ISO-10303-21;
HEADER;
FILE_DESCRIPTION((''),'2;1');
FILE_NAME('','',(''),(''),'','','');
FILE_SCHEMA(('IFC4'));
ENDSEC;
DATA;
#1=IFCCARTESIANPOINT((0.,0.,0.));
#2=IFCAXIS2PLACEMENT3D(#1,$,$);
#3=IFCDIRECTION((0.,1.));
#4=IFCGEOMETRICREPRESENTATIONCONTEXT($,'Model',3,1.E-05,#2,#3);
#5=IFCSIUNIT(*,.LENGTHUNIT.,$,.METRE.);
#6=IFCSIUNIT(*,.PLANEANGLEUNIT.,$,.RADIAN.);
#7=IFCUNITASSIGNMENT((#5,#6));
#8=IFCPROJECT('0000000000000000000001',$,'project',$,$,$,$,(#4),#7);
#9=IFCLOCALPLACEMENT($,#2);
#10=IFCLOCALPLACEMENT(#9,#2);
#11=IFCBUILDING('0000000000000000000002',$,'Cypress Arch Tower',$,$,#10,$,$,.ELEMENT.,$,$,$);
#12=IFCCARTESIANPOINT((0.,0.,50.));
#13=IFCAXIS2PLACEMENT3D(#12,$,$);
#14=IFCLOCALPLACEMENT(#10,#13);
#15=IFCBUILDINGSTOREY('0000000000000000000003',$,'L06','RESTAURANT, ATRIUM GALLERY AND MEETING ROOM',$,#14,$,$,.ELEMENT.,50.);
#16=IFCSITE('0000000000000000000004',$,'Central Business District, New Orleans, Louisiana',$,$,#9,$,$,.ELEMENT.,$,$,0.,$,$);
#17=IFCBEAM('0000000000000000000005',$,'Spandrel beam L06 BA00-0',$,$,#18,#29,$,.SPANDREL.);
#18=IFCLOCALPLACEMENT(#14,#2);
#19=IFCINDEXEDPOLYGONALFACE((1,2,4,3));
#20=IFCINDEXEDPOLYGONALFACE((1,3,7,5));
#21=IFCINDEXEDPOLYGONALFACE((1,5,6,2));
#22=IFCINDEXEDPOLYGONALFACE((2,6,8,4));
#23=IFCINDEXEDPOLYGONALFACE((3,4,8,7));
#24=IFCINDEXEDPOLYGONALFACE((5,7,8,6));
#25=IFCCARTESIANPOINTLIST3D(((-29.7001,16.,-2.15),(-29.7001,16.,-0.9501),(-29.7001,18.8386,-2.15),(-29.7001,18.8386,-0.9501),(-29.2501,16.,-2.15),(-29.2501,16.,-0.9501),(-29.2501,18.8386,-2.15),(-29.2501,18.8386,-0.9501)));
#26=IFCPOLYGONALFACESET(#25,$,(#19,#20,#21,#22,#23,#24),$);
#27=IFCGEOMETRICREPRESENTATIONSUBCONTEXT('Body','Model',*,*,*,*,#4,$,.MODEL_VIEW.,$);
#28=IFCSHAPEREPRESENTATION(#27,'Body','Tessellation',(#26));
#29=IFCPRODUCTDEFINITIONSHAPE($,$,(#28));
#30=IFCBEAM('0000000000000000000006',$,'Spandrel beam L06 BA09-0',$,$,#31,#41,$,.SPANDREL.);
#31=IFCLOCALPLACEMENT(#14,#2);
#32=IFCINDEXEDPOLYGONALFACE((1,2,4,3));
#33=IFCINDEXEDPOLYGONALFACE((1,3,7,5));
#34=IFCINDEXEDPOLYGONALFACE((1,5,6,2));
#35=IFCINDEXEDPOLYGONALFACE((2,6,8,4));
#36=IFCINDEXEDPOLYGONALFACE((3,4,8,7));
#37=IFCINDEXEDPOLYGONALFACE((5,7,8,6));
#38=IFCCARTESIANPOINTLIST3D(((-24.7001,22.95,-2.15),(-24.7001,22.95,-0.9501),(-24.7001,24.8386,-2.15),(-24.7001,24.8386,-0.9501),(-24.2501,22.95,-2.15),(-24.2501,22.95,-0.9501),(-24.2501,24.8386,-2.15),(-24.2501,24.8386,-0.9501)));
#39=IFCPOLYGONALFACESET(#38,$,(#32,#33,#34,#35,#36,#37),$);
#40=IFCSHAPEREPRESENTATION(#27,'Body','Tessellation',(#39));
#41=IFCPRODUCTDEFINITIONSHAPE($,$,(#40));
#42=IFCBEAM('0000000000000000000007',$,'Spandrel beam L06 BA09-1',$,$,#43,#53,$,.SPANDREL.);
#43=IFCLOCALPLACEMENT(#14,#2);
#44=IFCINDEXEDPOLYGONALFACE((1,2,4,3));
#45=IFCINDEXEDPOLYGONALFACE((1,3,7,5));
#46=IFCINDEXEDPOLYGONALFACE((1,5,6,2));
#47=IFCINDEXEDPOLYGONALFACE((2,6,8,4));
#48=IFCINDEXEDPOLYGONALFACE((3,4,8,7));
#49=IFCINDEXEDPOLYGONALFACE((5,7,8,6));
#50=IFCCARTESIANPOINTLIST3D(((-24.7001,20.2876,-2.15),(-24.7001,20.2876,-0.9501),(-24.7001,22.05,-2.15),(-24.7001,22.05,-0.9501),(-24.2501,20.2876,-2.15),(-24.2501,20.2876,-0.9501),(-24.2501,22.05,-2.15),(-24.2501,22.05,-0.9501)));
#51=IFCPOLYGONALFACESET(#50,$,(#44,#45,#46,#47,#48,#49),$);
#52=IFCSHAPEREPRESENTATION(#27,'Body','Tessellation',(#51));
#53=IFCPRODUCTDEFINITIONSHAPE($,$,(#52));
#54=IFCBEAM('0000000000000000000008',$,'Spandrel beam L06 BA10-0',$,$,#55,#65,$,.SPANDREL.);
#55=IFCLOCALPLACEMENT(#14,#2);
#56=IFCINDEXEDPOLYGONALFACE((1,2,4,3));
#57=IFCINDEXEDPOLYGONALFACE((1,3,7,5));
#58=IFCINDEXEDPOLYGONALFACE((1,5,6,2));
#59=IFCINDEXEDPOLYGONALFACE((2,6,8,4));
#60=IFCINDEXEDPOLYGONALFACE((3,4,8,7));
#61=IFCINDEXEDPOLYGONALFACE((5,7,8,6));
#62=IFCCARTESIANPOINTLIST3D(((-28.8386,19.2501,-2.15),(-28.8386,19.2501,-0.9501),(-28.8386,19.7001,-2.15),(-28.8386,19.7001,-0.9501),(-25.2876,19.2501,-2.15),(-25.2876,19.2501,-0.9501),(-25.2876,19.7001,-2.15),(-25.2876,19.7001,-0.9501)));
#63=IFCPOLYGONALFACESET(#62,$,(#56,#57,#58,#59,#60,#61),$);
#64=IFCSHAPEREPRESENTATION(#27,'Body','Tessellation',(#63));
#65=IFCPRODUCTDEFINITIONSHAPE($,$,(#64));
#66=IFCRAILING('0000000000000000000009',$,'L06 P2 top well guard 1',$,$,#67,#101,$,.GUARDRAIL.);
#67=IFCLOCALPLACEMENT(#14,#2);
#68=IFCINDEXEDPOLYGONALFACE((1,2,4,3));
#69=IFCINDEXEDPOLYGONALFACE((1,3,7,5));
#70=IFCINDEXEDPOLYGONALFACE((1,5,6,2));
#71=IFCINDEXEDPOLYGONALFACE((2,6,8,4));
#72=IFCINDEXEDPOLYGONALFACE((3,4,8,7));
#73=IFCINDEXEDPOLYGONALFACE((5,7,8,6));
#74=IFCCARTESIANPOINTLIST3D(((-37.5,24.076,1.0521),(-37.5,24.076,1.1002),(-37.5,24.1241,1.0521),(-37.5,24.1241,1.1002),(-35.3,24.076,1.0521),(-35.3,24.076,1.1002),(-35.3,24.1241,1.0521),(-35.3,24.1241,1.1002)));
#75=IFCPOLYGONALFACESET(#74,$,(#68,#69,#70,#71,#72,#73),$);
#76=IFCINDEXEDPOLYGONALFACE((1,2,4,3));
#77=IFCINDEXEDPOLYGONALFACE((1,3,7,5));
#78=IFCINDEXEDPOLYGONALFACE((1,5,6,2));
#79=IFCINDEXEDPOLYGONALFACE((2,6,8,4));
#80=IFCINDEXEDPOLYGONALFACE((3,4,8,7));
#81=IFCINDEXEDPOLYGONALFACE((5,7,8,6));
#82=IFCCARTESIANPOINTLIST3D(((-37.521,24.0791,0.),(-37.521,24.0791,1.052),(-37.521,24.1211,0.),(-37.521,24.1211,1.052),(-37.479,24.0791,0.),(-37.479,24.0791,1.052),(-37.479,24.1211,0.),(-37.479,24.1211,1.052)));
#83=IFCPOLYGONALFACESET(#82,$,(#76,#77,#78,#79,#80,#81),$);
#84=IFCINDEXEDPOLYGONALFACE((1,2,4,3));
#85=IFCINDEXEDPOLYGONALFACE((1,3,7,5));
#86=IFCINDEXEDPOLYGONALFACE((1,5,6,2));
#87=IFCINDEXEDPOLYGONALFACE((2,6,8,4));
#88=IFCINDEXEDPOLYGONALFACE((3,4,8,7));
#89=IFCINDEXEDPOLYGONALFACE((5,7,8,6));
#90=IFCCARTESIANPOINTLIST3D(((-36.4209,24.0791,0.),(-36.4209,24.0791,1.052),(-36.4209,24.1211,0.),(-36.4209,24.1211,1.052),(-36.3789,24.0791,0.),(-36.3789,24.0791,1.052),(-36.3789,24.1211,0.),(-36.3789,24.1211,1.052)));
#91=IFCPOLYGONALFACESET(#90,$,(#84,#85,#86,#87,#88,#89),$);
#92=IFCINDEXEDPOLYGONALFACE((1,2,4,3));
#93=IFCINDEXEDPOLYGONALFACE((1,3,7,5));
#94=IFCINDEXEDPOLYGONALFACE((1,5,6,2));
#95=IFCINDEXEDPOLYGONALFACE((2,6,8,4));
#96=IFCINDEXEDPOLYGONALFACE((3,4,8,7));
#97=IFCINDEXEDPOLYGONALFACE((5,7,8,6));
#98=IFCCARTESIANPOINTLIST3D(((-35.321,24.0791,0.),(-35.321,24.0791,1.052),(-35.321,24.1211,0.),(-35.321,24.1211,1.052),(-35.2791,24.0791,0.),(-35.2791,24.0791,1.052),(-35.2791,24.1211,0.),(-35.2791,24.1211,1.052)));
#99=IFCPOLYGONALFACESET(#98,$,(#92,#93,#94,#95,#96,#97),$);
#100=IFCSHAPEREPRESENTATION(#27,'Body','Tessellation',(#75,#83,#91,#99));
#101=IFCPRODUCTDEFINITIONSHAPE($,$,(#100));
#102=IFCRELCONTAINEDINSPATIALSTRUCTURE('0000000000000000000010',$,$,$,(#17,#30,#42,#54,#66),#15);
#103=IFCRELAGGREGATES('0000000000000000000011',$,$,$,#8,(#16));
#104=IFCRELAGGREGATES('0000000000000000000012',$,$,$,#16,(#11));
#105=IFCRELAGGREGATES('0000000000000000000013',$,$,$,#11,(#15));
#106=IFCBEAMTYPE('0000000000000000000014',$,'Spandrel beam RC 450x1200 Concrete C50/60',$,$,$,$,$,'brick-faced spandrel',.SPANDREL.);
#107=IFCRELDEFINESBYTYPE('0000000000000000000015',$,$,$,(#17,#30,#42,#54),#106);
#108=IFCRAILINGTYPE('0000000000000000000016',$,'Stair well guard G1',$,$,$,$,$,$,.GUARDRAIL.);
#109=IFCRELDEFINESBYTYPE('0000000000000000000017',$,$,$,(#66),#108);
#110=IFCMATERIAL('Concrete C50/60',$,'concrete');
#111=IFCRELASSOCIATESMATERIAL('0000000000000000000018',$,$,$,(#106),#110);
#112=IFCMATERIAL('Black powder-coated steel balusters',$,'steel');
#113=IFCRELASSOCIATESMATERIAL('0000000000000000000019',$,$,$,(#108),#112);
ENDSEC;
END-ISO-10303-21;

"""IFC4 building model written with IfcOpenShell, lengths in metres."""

from ifc_helpers import new_model, si_unit, direction, frame, origin, origin_2d, place, context, subcontext, project, spatial, rectangle, extrude, material, material_profile, profile_set, type_object, element, save


model = new_model("IFC4")

# Units and contexts
model_context = context("Model", 3, precision=1e-05, world=origin(), true_north=direction((0.0, 1.0)))
body_context = subcontext(model_context, "Body", "Model", "MODEL_VIEW")
ifc_project = project(units=[si_unit("LENGTHUNIT", "METRE"), si_unit("PLANEANGLEUNIT", "RADIAN")], contexts=[model_context])

# Site, building, storey
site_placement = place(None, origin())
site = spatial("IfcSite", under=ifc_project, at=site_placement, Name="Central Business District, New Orleans, Louisiana", CompositionType="ELEMENT", RefElevation=0.0)
building_placement = place(site_placement, origin())
building = spatial("IfcBuilding", under=site, at=building_placement, Name="Cypress Arch Tower", CompositionType="ELEMENT")
storey_placement = place(building_placement, frame((0.0, 0.0, 50.0)))
storey = spatial("IfcBuildingStorey", under=building, at=storey_placement, Name="L06", Description="RESTAURANT, ATRIUM GALLERY AND MEETING ROOM", CompositionType="ELEMENT", Elevation=50.0)

# Beams
ifc_material_1 = material(Name="Concrete C50/60", Category="concrete")
ifc_material_profile_1 = material_profile(ifc_material_1, rectangle(XDim=0.45, YDim=1.2, at=origin_2d()), Name="RC 450x1200")
ifc_profile_set_1 = profile_set([ifc_material_profile_1], Name="Concrete C50/60")
beam_type = type_object("IfcBeamType", Name="Spandrel beam RC 450x1200 Concrete C50/60", ElementType="brick-faced spandrel", PredefinedType="SPANDREL", material=ifc_profile_set_1)
beam_1_placement = place(storey_placement, frame((-29.4751, 18.8386, -1.55), z_axis=(0.0, -1.0, 0.0), x_axis=(1.0, 0.0, 0.0)))
element("IfcBeam", 1, at=beam_1_placement, inside=storey, type_object=beam_type, Name="Spandrel beam L06 BA00-0", PredefinedType="SPANDREL", context=body_context, shape_type="SweptSolid", body=[
    extrude(rectangle(XDim=0.45, YDim=1.2, at=origin_2d()), origin(), (0.0, 0.0, 1.0), 2.8386),
])
beam_2_placement = place(storey_placement, frame((-24.4751, 24.8386, -1.55), z_axis=(0.0, -1.0, 0.0), x_axis=(1.0, 0.0, 0.0)))
element("IfcBeam", 2, at=beam_2_placement, inside=storey, type_object=beam_type, Name="Spandrel beam L06 BA09-0", PredefinedType="SPANDREL", context=body_context, shape_type="SweptSolid", body=[
    extrude(rectangle(XDim=0.45, YDim=1.2, at=origin_2d()), origin(), (0.0, 0.0, 1.0), 1.8887),
])
beam_3_placement = place(storey_placement, frame((-24.4751, 22.05, -1.55), z_axis=(0.0, -1.0, 0.0), x_axis=(1.0, 0.0, 0.0)))
element("IfcBeam", 3, at=beam_3_placement, inside=storey, type_object=beam_type, Name="Spandrel beam L06 BA09-1", PredefinedType="SPANDREL", context=body_context, shape_type="SweptSolid", body=[
    extrude(rectangle(XDim=0.45, YDim=1.2, at=origin_2d()), origin(), (0.0, 0.0, 1.0), 1.7625),
])
beam_4_placement = place(storey_placement, frame((-25.2876, 19.4751, -1.55), z_axis=(-1.0, 0.0, 0.0), x_axis=(0.0, -1.0, 0.0)))
element("IfcBeam", 4, at=beam_4_placement, inside=storey, type_object=beam_type, Name="Spandrel beam L06 BA10-0", PredefinedType="SPANDREL", context=body_context, shape_type="SweptSolid", body=[
    extrude(rectangle(XDim=0.45, YDim=1.2, at=origin_2d()), origin(), (0.0, 0.0, 1.0), 3.551),
])

# Railing
ifc_material_2 = material(Name="Black powder-coated steel balusters", Category="steel")
railing_type = type_object("IfcRailingType", Name="Stair well guard G1", PredefinedType="GUARDRAIL", material=ifc_material_2)
railing_placement = place(storey_placement, frame((-37.5, 24.1001, 0.0)))
element("IfcRailing", 5, at=railing_placement, inside=storey, type_object=railing_type, Name="L06 P2 top well guard 1", PredefinedType="GUARDRAIL", context=body_context, shape_type="SweptSolid", body=[
    extrude(rectangle(XDim=0.0481, YDim=0.0481, at=origin_2d()), frame((0.0, 0.0, 1.0762), z_axis=(1.0, 0.0, 0.0), x_axis=(0.0, 1.0, 0.0)), (0.0, 0.0, 1.0), 2.2),
    extrude(rectangle(XDim=0.042, YDim=0.042, at=origin_2d()), origin(), (0.0, 0.0, 1.0), 1.052),
    extrude(rectangle(XDim=0.042, YDim=0.042, at=origin_2d()), frame((1.1001, 0.0, 0.0)), (0.0, 0.0, 1.0), 1.052),
    extrude(rectangle(XDim=0.042, YDim=0.042, at=origin_2d()), frame((2.2, 0.0, 0.0)), (0.0, 0.0, 1.0), 1.052),
])

save(model, "model.ifc")
